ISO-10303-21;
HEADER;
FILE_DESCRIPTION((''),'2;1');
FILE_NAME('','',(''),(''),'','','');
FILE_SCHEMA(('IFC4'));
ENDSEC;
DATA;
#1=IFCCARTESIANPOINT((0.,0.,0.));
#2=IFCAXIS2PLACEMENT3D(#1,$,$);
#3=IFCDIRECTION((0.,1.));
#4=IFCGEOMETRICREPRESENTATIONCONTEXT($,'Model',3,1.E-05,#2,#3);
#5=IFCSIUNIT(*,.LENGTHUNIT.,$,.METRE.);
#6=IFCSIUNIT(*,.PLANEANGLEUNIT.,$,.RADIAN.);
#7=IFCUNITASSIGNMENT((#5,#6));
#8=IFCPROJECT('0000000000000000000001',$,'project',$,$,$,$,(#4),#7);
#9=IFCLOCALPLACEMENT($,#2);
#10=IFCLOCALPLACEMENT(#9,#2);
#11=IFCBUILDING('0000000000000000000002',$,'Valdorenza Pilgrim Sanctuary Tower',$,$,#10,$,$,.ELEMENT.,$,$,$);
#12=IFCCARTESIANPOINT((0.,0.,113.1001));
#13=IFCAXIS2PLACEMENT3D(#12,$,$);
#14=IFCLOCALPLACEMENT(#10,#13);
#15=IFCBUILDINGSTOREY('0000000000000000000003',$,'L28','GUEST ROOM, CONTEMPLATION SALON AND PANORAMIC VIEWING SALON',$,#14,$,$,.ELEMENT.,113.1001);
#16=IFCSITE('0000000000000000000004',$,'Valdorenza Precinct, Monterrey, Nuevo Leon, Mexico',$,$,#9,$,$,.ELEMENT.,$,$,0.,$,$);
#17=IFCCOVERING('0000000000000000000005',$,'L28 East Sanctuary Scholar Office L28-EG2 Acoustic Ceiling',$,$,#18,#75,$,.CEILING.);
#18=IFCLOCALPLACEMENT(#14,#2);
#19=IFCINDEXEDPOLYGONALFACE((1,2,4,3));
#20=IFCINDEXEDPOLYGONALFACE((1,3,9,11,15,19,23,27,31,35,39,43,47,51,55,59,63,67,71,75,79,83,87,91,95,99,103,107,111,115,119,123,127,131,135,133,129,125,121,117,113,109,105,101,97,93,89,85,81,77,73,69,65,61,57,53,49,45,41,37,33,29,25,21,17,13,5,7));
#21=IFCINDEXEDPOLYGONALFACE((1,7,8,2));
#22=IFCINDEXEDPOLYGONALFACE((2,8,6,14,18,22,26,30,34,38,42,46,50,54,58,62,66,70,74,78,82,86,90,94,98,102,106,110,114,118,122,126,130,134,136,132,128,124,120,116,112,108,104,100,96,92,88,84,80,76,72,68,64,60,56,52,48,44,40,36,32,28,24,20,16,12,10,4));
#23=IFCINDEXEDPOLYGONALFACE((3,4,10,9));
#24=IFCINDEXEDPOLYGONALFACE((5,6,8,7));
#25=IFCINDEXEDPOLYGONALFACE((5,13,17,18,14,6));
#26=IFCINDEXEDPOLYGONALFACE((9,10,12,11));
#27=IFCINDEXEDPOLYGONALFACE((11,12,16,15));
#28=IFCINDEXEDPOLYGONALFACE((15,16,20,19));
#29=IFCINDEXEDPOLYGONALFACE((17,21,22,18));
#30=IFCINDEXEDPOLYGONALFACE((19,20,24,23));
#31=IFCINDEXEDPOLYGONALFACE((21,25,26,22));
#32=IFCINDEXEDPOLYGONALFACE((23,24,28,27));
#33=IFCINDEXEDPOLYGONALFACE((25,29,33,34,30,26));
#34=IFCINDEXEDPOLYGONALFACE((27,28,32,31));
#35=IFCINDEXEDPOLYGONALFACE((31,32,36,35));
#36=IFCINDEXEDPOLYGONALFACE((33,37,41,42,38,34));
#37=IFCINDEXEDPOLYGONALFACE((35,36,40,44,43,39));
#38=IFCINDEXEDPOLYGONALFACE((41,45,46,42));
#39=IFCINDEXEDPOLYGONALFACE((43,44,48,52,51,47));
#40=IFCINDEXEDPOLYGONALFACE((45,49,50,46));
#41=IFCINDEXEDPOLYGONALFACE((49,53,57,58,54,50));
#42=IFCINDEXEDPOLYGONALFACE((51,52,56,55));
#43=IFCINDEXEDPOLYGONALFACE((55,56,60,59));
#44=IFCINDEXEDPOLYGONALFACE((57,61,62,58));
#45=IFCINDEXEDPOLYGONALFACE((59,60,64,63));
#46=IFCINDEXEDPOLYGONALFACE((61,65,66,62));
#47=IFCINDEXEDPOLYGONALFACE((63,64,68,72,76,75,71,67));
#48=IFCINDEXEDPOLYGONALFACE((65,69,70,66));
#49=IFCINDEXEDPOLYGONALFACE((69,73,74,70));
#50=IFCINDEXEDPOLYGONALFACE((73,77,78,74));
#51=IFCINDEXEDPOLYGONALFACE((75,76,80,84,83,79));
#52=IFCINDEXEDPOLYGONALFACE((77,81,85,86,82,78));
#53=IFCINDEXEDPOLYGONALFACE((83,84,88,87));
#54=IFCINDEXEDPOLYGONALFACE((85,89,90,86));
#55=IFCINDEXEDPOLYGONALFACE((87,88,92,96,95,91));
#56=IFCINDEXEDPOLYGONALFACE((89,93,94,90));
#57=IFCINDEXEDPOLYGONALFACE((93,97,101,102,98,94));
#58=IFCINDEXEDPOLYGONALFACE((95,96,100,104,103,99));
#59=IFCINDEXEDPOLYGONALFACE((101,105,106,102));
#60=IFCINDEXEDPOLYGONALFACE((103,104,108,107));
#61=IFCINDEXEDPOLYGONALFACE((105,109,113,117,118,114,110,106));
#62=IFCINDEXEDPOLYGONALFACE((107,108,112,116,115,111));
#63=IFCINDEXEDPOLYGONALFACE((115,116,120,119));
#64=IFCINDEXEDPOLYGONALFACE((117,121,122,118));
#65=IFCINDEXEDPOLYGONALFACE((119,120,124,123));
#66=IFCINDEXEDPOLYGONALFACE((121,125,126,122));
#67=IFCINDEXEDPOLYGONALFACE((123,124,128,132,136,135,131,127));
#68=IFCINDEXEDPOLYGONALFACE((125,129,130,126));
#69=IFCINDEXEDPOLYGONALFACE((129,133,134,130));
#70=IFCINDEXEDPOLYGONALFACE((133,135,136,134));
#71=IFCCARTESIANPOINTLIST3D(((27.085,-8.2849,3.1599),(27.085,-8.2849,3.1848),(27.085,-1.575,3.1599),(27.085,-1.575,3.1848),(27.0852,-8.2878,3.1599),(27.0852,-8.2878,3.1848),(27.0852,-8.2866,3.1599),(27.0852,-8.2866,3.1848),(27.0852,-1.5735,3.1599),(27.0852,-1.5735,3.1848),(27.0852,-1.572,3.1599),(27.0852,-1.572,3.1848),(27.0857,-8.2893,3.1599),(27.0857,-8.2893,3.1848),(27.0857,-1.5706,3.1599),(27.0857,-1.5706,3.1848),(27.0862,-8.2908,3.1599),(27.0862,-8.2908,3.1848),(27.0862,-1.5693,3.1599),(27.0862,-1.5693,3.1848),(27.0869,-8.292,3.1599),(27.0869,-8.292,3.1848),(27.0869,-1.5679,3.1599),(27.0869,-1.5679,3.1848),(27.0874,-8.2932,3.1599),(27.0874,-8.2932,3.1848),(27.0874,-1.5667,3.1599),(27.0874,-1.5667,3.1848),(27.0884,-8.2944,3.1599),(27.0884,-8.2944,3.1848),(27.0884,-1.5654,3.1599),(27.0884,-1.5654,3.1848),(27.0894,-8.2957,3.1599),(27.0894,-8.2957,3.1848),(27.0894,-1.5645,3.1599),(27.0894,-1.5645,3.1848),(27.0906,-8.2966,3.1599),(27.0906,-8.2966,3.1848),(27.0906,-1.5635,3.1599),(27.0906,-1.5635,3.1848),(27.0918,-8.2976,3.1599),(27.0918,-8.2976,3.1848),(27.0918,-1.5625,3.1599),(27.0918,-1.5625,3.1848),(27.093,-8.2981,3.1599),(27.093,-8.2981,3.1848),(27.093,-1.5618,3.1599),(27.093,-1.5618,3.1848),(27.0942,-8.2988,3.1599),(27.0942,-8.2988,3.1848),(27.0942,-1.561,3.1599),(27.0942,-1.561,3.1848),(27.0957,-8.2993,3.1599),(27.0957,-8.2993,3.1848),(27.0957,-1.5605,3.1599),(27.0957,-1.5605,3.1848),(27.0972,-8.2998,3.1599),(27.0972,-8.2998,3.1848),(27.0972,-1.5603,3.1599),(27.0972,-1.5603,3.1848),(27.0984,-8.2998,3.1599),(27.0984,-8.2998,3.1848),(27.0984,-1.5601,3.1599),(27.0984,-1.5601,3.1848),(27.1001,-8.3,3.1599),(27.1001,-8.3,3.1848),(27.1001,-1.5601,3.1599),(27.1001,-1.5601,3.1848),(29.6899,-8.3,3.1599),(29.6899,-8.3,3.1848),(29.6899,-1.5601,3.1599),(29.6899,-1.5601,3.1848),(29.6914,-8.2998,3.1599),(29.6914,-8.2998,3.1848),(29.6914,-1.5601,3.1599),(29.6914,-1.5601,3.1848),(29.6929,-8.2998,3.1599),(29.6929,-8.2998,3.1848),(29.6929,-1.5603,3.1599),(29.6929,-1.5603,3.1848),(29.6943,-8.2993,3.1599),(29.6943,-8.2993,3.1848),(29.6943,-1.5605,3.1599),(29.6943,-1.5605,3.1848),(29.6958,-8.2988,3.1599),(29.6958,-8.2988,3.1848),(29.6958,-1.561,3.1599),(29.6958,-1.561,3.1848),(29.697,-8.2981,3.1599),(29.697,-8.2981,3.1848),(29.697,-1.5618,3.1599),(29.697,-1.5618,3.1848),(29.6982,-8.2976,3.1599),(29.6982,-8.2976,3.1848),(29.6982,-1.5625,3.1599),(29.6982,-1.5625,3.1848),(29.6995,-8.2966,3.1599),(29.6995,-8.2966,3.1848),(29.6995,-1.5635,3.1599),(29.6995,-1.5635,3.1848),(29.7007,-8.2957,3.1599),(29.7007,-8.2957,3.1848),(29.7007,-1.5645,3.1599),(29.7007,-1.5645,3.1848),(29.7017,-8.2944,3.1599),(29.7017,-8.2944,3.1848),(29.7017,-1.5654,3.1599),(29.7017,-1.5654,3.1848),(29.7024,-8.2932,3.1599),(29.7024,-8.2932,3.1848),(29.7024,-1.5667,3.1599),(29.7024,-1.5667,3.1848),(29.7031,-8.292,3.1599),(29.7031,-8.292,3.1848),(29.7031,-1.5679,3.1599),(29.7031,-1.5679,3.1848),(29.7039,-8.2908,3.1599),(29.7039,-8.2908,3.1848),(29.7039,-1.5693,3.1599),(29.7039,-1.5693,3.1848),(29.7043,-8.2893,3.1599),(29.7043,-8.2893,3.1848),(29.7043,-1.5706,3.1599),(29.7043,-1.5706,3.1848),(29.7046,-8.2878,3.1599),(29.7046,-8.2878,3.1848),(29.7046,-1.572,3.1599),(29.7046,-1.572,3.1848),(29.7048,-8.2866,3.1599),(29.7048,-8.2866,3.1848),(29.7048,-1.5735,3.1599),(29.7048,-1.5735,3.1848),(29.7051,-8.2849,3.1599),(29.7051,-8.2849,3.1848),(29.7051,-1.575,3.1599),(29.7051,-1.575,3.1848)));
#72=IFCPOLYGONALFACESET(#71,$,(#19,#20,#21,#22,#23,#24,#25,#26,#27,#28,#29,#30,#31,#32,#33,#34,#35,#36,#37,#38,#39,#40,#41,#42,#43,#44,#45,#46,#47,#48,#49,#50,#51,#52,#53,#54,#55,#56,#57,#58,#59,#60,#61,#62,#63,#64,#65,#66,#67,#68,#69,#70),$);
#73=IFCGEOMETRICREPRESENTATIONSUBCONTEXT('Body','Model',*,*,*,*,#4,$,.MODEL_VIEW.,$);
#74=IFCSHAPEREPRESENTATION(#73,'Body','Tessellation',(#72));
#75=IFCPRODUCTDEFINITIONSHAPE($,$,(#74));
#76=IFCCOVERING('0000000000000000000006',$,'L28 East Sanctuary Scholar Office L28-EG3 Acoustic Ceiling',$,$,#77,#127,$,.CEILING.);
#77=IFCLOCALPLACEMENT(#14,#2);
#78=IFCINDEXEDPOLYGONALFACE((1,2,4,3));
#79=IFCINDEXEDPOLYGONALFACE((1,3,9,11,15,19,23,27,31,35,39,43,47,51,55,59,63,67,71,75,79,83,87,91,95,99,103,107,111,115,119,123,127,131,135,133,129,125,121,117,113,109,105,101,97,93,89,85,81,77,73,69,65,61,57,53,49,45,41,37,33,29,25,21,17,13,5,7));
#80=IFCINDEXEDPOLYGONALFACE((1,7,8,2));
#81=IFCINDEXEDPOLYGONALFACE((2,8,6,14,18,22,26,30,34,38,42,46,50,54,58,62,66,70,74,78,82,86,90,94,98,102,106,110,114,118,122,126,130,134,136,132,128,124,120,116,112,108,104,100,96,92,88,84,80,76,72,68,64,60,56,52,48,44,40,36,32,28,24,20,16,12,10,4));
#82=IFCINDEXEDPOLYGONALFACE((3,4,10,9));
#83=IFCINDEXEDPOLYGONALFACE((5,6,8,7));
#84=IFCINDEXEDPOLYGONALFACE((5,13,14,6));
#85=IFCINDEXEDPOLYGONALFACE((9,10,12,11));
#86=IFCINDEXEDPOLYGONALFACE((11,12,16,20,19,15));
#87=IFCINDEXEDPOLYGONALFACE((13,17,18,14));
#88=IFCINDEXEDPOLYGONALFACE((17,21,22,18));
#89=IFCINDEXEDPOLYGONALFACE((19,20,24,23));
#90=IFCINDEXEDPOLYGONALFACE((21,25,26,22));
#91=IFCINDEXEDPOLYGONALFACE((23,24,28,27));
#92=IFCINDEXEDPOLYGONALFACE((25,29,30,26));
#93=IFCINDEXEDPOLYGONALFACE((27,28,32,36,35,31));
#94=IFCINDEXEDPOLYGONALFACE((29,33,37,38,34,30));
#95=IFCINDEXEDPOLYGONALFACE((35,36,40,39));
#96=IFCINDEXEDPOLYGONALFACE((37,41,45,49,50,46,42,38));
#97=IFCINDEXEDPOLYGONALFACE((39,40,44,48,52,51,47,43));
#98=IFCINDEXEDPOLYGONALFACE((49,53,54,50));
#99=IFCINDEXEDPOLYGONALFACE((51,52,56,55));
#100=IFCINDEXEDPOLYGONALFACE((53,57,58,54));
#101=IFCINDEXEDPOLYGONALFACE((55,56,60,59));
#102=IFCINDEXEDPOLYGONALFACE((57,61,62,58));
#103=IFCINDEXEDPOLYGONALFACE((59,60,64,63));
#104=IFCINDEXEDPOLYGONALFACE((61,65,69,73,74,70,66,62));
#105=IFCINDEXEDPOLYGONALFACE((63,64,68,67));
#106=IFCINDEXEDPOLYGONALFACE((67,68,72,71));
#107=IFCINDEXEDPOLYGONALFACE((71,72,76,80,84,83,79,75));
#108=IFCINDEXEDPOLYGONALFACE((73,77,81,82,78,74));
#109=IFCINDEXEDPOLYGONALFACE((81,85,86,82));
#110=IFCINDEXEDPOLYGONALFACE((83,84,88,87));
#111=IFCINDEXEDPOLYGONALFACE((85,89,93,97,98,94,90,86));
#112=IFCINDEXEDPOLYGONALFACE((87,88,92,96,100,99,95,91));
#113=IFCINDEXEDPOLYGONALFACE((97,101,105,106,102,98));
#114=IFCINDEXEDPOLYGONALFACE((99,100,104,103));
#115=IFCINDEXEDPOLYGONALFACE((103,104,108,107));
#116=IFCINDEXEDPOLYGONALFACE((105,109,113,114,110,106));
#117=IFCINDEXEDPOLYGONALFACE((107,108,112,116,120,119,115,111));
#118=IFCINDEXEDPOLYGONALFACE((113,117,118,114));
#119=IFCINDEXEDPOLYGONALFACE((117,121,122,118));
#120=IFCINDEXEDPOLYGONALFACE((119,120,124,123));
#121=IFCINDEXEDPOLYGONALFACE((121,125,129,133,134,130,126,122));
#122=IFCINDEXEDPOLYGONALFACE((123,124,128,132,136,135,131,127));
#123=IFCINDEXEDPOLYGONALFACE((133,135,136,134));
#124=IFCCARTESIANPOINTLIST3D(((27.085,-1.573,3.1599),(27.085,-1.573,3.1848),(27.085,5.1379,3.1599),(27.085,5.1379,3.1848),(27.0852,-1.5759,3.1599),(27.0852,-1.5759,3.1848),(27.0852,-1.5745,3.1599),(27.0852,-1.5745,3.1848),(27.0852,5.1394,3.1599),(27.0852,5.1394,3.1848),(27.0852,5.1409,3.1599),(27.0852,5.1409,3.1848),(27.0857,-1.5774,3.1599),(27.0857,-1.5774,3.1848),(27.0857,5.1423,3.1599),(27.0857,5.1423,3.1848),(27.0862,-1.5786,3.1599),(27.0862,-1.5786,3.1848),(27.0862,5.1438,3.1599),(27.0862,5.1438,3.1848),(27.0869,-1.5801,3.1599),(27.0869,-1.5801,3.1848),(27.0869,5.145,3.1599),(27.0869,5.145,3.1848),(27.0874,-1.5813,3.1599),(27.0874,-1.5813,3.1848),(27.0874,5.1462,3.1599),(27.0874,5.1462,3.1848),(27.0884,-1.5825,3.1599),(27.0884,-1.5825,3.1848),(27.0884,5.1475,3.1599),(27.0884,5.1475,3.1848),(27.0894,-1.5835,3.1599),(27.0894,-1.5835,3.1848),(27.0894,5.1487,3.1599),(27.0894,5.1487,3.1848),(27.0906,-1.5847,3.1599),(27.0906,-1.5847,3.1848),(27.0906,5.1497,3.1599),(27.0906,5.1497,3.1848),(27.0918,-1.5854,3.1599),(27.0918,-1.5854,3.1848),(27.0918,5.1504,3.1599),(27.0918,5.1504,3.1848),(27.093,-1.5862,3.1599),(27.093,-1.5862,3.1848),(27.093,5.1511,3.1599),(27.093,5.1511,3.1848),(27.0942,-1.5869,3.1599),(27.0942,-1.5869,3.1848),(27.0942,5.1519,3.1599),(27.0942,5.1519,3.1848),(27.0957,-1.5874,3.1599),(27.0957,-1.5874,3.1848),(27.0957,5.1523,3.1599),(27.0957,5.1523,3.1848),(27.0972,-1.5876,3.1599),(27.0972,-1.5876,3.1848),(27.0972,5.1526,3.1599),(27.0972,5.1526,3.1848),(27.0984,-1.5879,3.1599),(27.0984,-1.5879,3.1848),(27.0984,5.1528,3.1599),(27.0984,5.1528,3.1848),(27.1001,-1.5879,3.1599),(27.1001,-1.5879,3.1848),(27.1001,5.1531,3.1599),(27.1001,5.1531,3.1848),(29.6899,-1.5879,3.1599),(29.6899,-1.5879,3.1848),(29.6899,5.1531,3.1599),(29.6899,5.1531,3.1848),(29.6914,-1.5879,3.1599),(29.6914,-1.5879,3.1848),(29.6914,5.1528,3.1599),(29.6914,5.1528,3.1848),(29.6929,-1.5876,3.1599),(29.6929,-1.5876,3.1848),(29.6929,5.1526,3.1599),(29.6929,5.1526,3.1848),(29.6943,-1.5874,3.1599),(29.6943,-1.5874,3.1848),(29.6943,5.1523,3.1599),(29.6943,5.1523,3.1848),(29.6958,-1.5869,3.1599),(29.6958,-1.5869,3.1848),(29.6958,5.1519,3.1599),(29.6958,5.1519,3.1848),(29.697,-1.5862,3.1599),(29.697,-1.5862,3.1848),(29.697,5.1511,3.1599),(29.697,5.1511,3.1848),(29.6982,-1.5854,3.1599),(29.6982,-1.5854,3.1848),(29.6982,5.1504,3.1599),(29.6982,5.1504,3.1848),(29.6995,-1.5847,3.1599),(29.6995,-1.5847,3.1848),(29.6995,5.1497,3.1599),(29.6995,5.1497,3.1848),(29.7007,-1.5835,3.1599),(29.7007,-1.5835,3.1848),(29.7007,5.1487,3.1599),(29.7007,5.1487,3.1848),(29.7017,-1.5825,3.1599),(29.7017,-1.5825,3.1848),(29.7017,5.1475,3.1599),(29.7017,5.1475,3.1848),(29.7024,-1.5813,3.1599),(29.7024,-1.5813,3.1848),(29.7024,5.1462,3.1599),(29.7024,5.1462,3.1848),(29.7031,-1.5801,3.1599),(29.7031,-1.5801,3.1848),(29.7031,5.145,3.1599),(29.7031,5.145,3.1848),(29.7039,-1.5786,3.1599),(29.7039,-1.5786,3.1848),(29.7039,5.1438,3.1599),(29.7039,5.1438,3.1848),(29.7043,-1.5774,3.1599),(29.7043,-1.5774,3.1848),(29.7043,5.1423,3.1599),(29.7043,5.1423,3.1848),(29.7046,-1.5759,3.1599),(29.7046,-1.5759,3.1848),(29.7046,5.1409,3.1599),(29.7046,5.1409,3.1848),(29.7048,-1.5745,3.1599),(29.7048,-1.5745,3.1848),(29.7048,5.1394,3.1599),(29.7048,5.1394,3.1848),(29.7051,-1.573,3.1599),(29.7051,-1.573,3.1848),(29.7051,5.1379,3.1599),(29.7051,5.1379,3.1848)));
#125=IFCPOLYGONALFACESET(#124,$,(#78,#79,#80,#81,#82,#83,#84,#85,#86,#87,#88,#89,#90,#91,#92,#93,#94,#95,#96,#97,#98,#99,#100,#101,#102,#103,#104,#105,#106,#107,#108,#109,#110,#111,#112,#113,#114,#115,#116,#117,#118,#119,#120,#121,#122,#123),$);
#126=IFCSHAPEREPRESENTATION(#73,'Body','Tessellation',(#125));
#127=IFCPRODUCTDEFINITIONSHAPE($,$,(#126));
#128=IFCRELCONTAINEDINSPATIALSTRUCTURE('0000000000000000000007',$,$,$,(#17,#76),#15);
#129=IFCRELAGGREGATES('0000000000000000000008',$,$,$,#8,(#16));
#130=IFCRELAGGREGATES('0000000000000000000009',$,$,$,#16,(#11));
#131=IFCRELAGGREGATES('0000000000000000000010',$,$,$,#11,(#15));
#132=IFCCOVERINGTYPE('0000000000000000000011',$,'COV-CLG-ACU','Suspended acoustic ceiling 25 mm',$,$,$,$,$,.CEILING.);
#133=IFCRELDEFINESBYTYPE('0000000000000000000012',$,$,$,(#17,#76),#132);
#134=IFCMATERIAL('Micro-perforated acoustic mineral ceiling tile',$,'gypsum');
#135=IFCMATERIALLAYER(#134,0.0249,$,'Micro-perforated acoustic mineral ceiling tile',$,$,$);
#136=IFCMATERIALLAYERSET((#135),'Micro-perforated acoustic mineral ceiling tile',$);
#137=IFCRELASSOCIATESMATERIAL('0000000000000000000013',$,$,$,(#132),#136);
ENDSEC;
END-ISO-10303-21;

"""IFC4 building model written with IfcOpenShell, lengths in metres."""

from ifc_helpers import new_model, si_unit, direction, frame, origin, place, context, subcontext, project, spatial, polyline, outline, extrude, material, layer, layer_set, type_object, element, save


model = new_model("IFC4")

# Units and contexts
model_context = context("Model", 3, precision=1e-05, world=origin(), true_north=direction((0.0, 1.0)))
body_context = subcontext(model_context, "Body", "Model", "MODEL_VIEW")
ifc_project = project(units=[si_unit("LENGTHUNIT", "METRE"), si_unit("PLANEANGLEUNIT", "RADIAN")], contexts=[model_context])

# Site, building, storey
site_placement = place(None, origin())
site = spatial("IfcSite", under=ifc_project, at=site_placement, Name="Valdorenza Precinct, Monterrey, Nuevo Leon, Mexico", CompositionType="ELEMENT", RefElevation=0.0)
building_placement = place(site_placement, origin())
building = spatial("IfcBuilding", under=site, at=building_placement, Name="Valdorenza Pilgrim Sanctuary Tower", CompositionType="ELEMENT")
storey_placement = place(building_placement, frame((0.0, 0.0, 113.1001)))
storey = spatial("IfcBuildingStorey", under=building, at=storey_placement, Name="L28", Description="GUEST ROOM, CONTEMPLATION SALON AND PANORAMIC VIEWING SALON", CompositionType="ELEMENT", Elevation=113.1001)

# Coverings
ifc_material_1 = material(Name="Micro-perforated acoustic mineral ceiling tile", Category="gypsum")
ifc_layer_1 = layer(ifc_material_1, 0.0249, Name="Micro-perforated acoustic mineral ceiling tile")
ifc_layer_set_1 = layer_set([ifc_layer_1], Name="Micro-perforated acoustic mineral ceiling tile")
covering_type_1 = type_object("IfcCoveringType", Name="COV-CLG-ACU", Description="Suspended acoustic ceiling 25 mm", PredefinedType="CEILING", material=ifc_layer_set_1)
covering_1_placement = place(storey_placement, frame((0.0, 0.0, 3.1599)))
element("IfcCovering", 1, at=covering_1_placement, inside=storey, type_object=covering_type_1, Name="L28 East Sanctuary Scholar Office L28-EG2 Acoustic Ceiling", PredefinedType="CEILING", context=body_context, shape_type="SweptSolid", body=[
    extrude(outline(polyline([(27.085, -1.575), (27.0852, -1.5735), (27.0852, -1.572), (27.0857, -1.5706), (27.0862, -1.5693), (27.0869, -1.5679), (27.0874, -1.5667), (27.0884, -1.5654), (27.0894, -1.5645), (27.0906, -1.5635), (27.0918, -1.5625), (27.093, -1.5618), (27.0942, -1.561), (27.0957, -1.5605), (27.0972, -1.5603), (27.0984, -1.5601), (27.1001, -1.5601), (29.6899, -1.5601), (29.6914, -1.5601), (29.6929, -1.5603), (29.6943, -1.5605), (29.6958, -1.561), (29.697, -1.5618), (29.6982, -1.5625), (29.6995, -1.5635), (29.7007, -1.5645), (29.7017, -1.5654), (29.7024, -1.5667), (29.7031, -1.5679), (29.7039, -1.5693), (29.7043, -1.5706), (29.7046, -1.572), (29.7048, -1.5735), (29.7051, -1.575), (29.7051, -8.2849), (29.7048, -8.2866), (29.7046, -8.2878), (29.7043, -8.2893), (29.7039, -8.2908), (29.7031, -8.292), (29.7024, -8.2932), (29.7017, -8.2944), (29.7007, -8.2957), (29.6995, -8.2966), (29.6982, -8.2976), (29.697, -8.2981), (29.6958, -8.2988), (29.6943, -8.2993), (29.6929, -8.2998), (29.6914, -8.2998), (29.6899, -8.3), (27.1001, -8.3), (27.0984, -8.2998), (27.0972, -8.2998), (27.0957, -8.2993), (27.0942, -8.2988), (27.093, -8.2981), (27.0918, -8.2976), (27.0906, -8.2966), (27.0894, -8.2957), (27.0884, -8.2944), (27.0874, -8.2932), (27.0869, -8.292), (27.0862, -8.2908), (27.0857, -8.2893), (27.0852, -8.2878), (27.0852, -8.2866), (27.085, -8.2849), (27.085, -1.575)])), origin(), (0.0, 0.0, 1.0), 0.0249),
])
covering_2_placement = place(storey_placement, frame((0.0, 0.0, 3.1599)))
element("IfcCovering", 2, at=covering_2_placement, inside=storey, type_object=covering_type_1, Name="L28 East Sanctuary Scholar Office L28-EG3 Acoustic Ceiling", PredefinedType="CEILING", context=body_context, shape_type="SweptSolid", body=[
    extrude(outline(polyline([(27.085, 5.1379), (27.0852, 5.1394), (27.0852, 5.1409), (27.0857, 5.1423), (27.0862, 5.1438), (27.0869, 5.145), (27.0874, 5.1462), (27.0884, 5.1475), (27.0894, 5.1487), (27.0906, 5.1497), (27.0918, 5.1504), (27.093, 5.1511), (27.0942, 5.1519), (27.0957, 5.1523), (27.0972, 5.1526), (27.0984, 5.1528), (27.1001, 5.1531), (29.6899, 5.1531), (29.6914, 5.1528), (29.6929, 5.1526), (29.6943, 5.1523), (29.6958, 5.1519), (29.697, 5.1511), (29.6982, 5.1504), (29.6995, 5.1497), (29.7007, 5.1487), (29.7017, 5.1475), (29.7024, 5.1462), (29.7031, 5.145), (29.7039, 5.1438), (29.7043, 5.1423), (29.7046, 5.1409), (29.7048, 5.1394), (29.7051, 5.1379), (29.7051, -1.573), (29.7048, -1.5745), (29.7046, -1.5759), (29.7043, -1.5774), (29.7039, -1.5786), (29.7031, -1.5801), (29.7024, -1.5813), (29.7017, -1.5825), (29.7007, -1.5835), (29.6995, -1.5847), (29.6982, -1.5854), (29.697, -1.5862), (29.6958, -1.5869), (29.6943, -1.5874), (29.6929, -1.5876), (29.6914, -1.5879), (29.6899, -1.5879), (27.1001, -1.5879), (27.0984, -1.5879), (27.0972, -1.5876), (27.0957, -1.5874), (27.0942, -1.5869), (27.093, -1.5862), (27.0918, -1.5854), (27.0906, -1.5847), (27.0894, -1.5835), (27.0884, -1.5825), (27.0874, -1.5813), (27.0869, -1.5801), (27.0862, -1.5786), (27.0857, -1.5774), (27.0852, -1.5759), (27.0852, -1.5745), (27.085, -1.573), (27.085, 5.1379)])), origin(), (0.0, 0.0, 1.0), 0.0249),
])

save(model, "model.ifc")
